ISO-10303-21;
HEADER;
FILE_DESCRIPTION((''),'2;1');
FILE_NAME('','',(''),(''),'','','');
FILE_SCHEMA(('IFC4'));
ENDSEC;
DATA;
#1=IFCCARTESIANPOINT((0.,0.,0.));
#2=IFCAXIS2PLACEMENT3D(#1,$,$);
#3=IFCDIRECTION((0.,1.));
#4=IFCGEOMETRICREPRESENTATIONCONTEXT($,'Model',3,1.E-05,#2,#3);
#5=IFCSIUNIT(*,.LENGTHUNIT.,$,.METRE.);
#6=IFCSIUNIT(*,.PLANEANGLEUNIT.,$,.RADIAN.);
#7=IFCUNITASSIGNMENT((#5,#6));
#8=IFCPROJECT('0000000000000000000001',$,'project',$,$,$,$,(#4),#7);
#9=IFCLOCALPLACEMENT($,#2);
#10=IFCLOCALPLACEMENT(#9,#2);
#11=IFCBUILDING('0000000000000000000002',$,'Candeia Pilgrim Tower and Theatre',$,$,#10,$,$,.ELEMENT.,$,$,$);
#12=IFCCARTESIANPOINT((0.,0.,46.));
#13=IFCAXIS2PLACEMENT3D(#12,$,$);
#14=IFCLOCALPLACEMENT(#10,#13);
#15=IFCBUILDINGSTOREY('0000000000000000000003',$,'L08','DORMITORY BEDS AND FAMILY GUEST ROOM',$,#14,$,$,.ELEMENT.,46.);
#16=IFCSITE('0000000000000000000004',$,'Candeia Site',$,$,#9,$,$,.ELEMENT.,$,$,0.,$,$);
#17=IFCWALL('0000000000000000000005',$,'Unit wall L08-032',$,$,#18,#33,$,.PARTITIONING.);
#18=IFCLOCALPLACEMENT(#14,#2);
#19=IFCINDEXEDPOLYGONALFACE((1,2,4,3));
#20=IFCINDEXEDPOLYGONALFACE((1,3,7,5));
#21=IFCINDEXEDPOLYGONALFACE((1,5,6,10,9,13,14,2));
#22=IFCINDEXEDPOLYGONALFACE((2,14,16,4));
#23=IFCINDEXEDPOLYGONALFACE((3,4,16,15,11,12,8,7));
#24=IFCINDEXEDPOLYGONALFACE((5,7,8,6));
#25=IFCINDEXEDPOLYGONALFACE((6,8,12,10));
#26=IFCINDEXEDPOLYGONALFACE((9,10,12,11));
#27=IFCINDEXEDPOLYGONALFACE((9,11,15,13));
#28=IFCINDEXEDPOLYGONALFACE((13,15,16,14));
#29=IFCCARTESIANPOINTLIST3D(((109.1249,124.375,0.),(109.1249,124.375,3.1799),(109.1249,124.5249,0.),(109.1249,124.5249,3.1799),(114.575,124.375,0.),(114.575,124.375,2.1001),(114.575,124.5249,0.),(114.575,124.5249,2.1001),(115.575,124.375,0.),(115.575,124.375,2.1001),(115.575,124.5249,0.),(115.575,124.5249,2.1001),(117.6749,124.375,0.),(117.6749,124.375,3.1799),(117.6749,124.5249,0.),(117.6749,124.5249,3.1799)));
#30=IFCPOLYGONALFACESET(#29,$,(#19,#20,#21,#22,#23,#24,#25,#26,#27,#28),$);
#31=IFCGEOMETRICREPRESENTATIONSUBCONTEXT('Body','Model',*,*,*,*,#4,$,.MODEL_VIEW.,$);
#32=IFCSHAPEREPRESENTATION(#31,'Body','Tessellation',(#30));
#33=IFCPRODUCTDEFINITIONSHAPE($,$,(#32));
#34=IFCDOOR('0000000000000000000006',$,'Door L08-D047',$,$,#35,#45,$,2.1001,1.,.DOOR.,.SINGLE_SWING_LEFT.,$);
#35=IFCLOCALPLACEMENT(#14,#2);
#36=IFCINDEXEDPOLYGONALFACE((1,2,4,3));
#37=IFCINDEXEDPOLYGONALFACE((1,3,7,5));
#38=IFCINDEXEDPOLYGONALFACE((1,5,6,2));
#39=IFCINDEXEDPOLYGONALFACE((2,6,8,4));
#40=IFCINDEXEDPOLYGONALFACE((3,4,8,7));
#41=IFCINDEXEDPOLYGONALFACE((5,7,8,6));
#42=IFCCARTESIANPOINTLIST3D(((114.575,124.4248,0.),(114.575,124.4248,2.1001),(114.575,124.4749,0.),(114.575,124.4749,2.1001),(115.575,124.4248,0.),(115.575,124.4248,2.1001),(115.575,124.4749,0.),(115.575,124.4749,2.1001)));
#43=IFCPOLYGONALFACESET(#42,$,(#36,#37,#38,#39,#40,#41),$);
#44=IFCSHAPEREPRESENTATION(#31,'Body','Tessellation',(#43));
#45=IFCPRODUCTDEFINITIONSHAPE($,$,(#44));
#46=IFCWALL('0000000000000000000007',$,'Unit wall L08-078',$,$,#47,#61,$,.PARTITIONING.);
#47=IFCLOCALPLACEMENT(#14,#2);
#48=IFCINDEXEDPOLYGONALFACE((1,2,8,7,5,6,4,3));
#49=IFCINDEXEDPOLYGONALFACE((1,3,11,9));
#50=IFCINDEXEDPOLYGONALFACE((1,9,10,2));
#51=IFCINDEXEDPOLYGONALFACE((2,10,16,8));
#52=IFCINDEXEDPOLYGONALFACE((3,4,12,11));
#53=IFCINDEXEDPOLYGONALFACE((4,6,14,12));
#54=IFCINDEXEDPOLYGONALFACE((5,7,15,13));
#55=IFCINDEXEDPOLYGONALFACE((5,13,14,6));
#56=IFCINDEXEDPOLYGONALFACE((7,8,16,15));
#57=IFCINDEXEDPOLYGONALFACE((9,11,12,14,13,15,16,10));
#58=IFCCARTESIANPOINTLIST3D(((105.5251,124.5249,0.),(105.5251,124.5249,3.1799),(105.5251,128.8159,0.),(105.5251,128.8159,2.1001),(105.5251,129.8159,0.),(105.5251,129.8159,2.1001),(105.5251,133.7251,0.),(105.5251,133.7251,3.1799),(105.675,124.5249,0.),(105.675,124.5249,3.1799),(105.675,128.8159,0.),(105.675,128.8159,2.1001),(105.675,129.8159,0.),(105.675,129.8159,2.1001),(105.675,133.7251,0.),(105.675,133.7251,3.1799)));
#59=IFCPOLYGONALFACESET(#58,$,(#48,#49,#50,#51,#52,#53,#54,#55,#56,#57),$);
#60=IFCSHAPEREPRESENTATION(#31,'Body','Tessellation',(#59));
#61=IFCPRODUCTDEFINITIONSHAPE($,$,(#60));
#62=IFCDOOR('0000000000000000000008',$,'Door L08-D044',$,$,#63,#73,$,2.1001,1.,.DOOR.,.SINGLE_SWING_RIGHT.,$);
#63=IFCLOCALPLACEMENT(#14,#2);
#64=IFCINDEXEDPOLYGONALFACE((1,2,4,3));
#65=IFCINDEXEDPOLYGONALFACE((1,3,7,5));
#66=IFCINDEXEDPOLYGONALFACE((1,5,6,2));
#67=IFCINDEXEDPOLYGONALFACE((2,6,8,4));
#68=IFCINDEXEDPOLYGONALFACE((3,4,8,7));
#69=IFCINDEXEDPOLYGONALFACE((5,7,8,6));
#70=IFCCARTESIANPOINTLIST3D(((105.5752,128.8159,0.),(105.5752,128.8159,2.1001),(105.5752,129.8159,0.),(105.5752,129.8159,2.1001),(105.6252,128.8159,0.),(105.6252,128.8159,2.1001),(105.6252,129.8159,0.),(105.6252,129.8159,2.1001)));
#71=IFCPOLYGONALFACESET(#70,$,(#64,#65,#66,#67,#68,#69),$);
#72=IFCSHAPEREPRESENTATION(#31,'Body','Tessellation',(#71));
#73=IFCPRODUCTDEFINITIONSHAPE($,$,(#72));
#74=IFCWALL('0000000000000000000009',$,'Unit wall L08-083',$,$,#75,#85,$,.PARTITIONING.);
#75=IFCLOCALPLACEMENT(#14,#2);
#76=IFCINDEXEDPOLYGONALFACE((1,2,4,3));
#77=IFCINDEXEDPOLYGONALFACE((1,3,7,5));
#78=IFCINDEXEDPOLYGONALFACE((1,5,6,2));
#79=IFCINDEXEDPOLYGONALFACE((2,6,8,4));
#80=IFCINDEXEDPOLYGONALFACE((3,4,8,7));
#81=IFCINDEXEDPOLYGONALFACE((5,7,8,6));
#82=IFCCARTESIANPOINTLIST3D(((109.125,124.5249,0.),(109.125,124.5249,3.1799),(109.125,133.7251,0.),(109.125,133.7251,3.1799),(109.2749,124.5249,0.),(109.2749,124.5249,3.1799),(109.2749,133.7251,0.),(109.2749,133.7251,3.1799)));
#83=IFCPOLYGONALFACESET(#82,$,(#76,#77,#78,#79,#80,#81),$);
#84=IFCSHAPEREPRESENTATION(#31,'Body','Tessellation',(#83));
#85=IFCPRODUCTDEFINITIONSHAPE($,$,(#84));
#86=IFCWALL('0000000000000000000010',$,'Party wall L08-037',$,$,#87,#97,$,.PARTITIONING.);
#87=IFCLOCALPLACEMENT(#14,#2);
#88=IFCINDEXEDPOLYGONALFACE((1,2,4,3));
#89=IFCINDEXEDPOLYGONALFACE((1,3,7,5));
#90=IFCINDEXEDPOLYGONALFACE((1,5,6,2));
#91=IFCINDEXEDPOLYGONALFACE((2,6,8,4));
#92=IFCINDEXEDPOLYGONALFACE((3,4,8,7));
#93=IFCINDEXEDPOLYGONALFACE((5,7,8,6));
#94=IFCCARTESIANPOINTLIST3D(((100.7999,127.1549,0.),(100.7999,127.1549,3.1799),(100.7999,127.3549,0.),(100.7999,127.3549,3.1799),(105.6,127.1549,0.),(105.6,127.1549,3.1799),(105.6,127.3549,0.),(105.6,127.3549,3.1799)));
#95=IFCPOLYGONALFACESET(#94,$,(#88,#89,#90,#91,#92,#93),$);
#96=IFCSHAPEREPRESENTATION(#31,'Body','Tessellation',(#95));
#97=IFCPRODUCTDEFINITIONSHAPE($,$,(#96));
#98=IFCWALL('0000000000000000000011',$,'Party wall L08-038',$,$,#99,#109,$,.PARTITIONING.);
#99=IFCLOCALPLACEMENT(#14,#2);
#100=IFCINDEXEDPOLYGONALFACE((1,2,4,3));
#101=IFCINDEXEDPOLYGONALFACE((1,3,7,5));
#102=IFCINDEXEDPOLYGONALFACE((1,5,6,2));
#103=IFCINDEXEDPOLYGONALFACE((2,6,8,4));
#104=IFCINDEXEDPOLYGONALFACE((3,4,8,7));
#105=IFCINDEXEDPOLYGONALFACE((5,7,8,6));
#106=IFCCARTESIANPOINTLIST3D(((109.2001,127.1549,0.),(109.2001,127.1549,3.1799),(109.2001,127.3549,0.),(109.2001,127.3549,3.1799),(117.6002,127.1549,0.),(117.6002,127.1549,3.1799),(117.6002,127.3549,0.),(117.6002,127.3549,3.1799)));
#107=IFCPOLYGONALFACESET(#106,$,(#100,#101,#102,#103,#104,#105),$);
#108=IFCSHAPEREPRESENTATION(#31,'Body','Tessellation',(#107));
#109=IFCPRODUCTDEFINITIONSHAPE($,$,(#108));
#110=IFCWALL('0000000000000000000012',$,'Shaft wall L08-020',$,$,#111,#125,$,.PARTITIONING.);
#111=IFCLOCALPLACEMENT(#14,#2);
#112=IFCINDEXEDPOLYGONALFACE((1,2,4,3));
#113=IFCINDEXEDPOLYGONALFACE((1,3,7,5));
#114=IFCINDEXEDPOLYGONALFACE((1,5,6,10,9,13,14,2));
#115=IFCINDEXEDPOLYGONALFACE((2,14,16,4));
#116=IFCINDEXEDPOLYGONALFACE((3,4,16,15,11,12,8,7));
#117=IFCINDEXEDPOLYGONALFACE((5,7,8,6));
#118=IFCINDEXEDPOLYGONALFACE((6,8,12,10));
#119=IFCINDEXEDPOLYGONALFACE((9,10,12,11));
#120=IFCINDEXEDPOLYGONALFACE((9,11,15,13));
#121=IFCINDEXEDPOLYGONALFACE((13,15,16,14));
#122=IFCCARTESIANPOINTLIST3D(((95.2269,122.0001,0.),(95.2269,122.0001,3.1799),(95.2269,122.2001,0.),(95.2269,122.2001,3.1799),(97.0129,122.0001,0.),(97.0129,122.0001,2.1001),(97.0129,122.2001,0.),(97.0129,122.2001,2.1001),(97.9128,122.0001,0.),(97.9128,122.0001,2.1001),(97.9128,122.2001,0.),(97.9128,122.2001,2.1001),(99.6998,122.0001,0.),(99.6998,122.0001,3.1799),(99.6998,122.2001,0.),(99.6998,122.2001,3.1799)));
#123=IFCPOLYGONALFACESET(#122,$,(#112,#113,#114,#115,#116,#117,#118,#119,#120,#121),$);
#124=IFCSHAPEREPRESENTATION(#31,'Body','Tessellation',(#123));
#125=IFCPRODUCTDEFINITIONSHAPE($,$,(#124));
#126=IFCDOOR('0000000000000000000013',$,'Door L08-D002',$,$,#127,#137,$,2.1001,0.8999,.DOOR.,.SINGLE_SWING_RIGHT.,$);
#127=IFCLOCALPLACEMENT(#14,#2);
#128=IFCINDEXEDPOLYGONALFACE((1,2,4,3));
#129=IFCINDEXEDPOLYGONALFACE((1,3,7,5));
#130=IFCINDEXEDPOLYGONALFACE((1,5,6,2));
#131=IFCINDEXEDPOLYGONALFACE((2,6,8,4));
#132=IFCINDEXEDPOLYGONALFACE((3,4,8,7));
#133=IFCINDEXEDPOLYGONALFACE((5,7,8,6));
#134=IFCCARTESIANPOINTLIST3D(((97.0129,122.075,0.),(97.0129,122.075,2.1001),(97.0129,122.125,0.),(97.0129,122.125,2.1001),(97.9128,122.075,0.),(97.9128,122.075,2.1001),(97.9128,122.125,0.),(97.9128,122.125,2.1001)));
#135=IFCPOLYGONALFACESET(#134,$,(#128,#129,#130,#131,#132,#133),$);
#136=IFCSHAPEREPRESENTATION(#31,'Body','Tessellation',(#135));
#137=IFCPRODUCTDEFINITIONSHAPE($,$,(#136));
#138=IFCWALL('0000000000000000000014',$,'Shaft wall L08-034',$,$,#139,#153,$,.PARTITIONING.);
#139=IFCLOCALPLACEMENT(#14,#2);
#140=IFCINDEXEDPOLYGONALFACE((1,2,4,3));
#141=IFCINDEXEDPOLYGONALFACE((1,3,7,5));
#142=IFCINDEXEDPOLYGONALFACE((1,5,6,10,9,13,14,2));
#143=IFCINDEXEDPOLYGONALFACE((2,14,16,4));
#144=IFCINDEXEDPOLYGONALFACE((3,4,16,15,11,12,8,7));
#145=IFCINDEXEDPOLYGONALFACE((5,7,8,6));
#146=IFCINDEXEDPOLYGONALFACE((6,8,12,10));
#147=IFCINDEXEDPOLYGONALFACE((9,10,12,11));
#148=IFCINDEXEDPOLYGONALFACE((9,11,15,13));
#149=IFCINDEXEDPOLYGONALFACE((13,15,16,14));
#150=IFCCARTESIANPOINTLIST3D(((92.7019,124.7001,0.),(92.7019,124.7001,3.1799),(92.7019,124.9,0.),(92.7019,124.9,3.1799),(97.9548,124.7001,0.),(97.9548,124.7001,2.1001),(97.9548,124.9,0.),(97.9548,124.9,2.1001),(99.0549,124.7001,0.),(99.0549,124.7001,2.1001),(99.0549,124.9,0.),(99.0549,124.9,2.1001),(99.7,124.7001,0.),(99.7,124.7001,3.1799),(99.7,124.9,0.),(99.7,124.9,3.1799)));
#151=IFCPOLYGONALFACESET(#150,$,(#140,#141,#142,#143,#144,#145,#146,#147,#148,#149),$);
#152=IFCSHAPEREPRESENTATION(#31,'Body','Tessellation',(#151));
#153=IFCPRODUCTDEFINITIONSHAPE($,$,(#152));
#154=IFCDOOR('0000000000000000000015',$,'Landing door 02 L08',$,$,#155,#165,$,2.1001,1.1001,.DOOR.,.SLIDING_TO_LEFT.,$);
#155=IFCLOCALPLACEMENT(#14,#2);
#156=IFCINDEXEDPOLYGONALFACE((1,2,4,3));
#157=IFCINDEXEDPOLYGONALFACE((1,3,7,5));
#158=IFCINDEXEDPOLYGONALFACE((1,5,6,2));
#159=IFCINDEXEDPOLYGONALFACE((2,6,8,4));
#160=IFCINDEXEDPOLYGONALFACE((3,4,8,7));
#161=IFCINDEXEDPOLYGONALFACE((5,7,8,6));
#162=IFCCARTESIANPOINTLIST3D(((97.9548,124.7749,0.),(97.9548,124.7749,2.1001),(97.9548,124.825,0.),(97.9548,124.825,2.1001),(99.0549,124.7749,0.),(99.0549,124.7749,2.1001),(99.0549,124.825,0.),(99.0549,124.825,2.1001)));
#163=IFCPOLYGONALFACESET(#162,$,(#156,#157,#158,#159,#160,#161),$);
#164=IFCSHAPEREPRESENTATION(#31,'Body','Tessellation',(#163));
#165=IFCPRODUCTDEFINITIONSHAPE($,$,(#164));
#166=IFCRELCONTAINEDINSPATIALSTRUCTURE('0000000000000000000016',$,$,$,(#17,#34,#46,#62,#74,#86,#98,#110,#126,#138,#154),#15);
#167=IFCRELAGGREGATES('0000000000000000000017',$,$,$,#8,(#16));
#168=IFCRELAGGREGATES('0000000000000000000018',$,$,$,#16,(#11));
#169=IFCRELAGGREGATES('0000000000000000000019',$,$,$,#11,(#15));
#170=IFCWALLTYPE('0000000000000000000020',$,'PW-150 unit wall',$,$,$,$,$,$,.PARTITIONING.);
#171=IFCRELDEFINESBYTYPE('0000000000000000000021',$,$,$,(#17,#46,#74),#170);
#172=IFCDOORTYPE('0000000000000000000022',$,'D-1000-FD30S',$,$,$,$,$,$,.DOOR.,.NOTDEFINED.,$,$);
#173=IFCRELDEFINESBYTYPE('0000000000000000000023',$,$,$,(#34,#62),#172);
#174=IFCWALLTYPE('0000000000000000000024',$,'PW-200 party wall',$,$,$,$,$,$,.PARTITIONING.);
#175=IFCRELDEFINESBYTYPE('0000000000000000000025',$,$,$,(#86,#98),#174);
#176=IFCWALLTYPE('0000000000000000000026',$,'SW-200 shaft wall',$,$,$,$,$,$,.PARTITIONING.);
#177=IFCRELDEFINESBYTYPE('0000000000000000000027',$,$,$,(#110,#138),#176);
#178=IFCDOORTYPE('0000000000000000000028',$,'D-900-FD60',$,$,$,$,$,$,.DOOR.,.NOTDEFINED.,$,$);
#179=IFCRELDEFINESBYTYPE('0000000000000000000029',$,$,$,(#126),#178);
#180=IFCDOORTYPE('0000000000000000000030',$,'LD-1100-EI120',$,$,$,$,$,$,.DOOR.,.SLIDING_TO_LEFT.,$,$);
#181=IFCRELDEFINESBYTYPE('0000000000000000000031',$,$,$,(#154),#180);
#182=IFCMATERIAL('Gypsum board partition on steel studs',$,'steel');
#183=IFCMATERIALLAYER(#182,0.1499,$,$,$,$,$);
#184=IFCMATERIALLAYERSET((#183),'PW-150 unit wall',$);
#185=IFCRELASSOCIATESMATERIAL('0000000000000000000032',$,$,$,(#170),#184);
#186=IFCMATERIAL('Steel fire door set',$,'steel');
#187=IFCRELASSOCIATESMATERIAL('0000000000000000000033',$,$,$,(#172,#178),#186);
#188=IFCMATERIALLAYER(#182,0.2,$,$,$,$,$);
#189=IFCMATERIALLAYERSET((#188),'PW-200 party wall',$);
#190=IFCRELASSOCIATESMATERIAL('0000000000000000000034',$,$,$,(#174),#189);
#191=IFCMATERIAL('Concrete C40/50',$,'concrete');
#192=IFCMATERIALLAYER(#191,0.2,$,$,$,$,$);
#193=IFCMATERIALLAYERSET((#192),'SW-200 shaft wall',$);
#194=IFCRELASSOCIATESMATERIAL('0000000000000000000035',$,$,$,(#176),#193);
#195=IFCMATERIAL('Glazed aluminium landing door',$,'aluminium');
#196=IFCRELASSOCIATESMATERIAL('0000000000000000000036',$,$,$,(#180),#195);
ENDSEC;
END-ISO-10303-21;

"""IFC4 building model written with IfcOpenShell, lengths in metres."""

from ifc_helpers import new_model, si_unit, direction, frame, frame_2d, origin, place, context, subcontext, project, spatial, rectangle, extrude, material, layer, layer_set, type_object, element, fill, save


model = new_model("IFC4")

# Units and contexts
model_context = context("Model", 3, precision=1e-05, world=origin(), true_north=direction((0.0, 1.0)))
body_context = subcontext(model_context, "Body", "Model", "MODEL_VIEW")
ifc_project = project(units=[si_unit("LENGTHUNIT", "METRE"), si_unit("PLANEANGLEUNIT", "RADIAN")], contexts=[model_context])

# Site, building, storey
site_placement = place(None, origin())
site = spatial("IfcSite", under=ifc_project, at=site_placement, Name="Candeia Site", CompositionType="ELEMENT", RefElevation=0.0)
building_placement = place(site_placement, origin())
building = spatial("IfcBuilding", under=site, at=building_placement, Name="Candeia Pilgrim Tower and Theatre", CompositionType="ELEMENT")
storey_placement = place(building_placement, frame((0.0, 0.0, 46.0)))
storey = spatial("IfcBuildingStorey", under=building, at=storey_placement, Name="L08", Description="DORMITORY BEDS AND FAMILY GUEST ROOM", CompositionType="ELEMENT", Elevation=46.0)

# Shared definitions
ifc_material_1 = material(Name="Steel fire door set", Category="steel")
ifc_material_2 = material(Name="Gypsum board partition on steel studs", Category="steel")

# Shared definitions
ifc_layer_1 = layer(ifc_material_2, 0.1499)
ifc_layer_set_1 = layer_set([ifc_layer_1], Name="PW-150 unit wall")
wall_type_1 = type_object("IfcWallType", Name="PW-150 unit wall", PredefinedType="PARTITIONING", material=ifc_layer_set_1)

# Walls, openings, doors
door_type_1 = type_object("IfcDoorType", Name="D-1000-FD30S", OperationType="NOTDEFINED", PredefinedType="DOOR", material=ifc_material_1)
wall_1_placement = place(storey_placement, frame((109.125, 124.45, 0.0), z_axis=(0.0, 0.0, 1.0), x_axis=(1.0, 0.0, 0.0)))
wall_1 = element("IfcWall", 1, at=wall_1_placement, inside=storey, type_object=wall_type_1, Name="Unit wall L08-032", PredefinedType="PARTITIONING", context=body_context, shape_type="SweptSolid", body=[
    extrude(rectangle(XDim=8.55, YDim=0.1499, at=frame_2d((4.2749, 0.0))), origin(), (0.0, 0.0, 1.0), 3.1799),
])
opening_1_placement = place(wall_1_placement, frame((5.45, 0.0, 0.0)))
opening_1 = element("IfcOpeningElement", 2, at=opening_1_placement, cuts=wall_1, PredefinedType="OPENING", context=body_context, shape_type="SweptSolid", body=[
    extrude(rectangle(XDim=1.0, YDim=2.1001, at=frame_2d((0.5, 1.05))), frame((0.0, 0.085, 0.0), z_axis=(0.0, -1.0, 0.0), x_axis=(1.0, 0.0, 0.0)), (0.0, 0.0, 1.0), 0.1699),
])
door_1_placement = place(opening_1_placement, origin())
door_1 = element("IfcDoor", 3, at=door_1_placement, inside=storey, type_object=door_type_1, Name="Door L08-D047", OperationType="SINGLE_SWING_LEFT", OverallHeight=2.1001, OverallWidth=1.0, PredefinedType="DOOR", context=body_context, shape_type="SweptSolid", body=[
    extrude(rectangle(XDim=1.0, YDim=2.1001, at=frame_2d((0.5, 1.05))), frame((0.0, 0.0249, 0.0), z_axis=(0.0, -1.0, 0.0), x_axis=(1.0, 0.0, 0.0)), (0.0, 0.0, 1.0), 0.05),
])
fill(opening_1, door_1)
wall_2_placement = place(storey_placement, frame((105.6001, 124.5249, 0.0), z_axis=(0.0, 0.0, 1.0), x_axis=(0.0, 1.0, 0.0)))
wall_2 = element("IfcWall", 4, at=wall_2_placement, inside=storey, type_object=wall_type_1, Name="Unit wall L08-078", PredefinedType="PARTITIONING", context=body_context, shape_type="SweptSolid", body=[
    extrude(rectangle(XDim=9.2002, YDim=0.1499, at=frame_2d((4.6001, 0.0))), origin(), (0.0, 0.0, 1.0), 3.1799),
])
opening_2_placement = place(wall_2_placement, frame((4.291, 0.0, 0.0)))
opening_2 = element("IfcOpeningElement", 5, at=opening_2_placement, cuts=wall_2, PredefinedType="OPENING", context=body_context, shape_type="SweptSolid", body=[
    extrude(rectangle(XDim=1.0, YDim=2.1001, at=frame_2d((0.5, 1.05))), frame((0.0, 0.085, 0.0), z_axis=(0.0, -1.0, 0.0), x_axis=(1.0, 0.0, 0.0)), (0.0, 0.0, 1.0), 0.1699),
])
door_2_placement = place(opening_2_placement, origin())
door_2 = element("IfcDoor", 6, at=door_2_placement, inside=storey, type_object=door_type_1, Name="Door L08-D044", OperationType="SINGLE_SWING_RIGHT", OverallHeight=2.1001, OverallWidth=1.0, PredefinedType="DOOR", context=body_context, shape_type="SweptSolid", body=[
    extrude(rectangle(XDim=1.0, YDim=2.1001, at=frame_2d((0.5, 1.05))), frame((0.0, 0.0249, 0.0), z_axis=(0.0, -1.0, 0.0), x_axis=(1.0, 0.0, 0.0)), (0.0, 0.0, 1.0), 0.05),
])
fill(opening_2, door_2)

# Walls
wall_3_placement = place(storey_placement, frame((109.2, 124.5249, 0.0), z_axis=(0.0, 0.0, 1.0), x_axis=(0.0, 1.0, 0.0)))
element("IfcWall", 7, at=wall_3_placement, inside=storey, type_object=wall_type_1, Name="Unit wall L08-083", PredefinedType="PARTITIONING", context=body_context, shape_type="SweptSolid", body=[
    extrude(rectangle(XDim=9.2002, YDim=0.1499, at=frame_2d((4.6001, 0.0))), origin(), (0.0, 0.0, 1.0), 3.1799),
])
ifc_layer_2 = layer(ifc_material_2, 0.2)
ifc_layer_set_2 = layer_set([ifc_layer_2], Name="PW-200 party wall")
wall_type_2 = type_object("IfcWallType", Name="PW-200 party wall", PredefinedType="PARTITIONING", material=ifc_layer_set_2)
wall_4_placement = place(storey_placement, frame((100.8, 127.2549, 0.0), z_axis=(0.0, 0.0, 1.0), x_axis=(1.0, 0.0, 0.0)))
element("IfcWall", 8, at=wall_4_placement, inside=storey, type_object=wall_type_2, Name="Party wall L08-037", PredefinedType="PARTITIONING", context=body_context, shape_type="SweptSolid", body=[
    extrude(rectangle(XDim=4.8, YDim=0.2, at=frame_2d((2.3999, 0.0))), origin(), (0.0, 0.0, 1.0), 3.1799),
])
wall_5_placement = place(storey_placement, frame((109.2, 127.2549, 0.0), z_axis=(0.0, 0.0, 1.0), x_axis=(1.0, 0.0, 0.0)))
element("IfcWall", 9, at=wall_5_placement, inside=storey, type_object=wall_type_2, Name="Party wall L08-038", PredefinedType="PARTITIONING", context=body_context, shape_type="SweptSolid", body=[
    extrude(rectangle(XDim=8.4001, YDim=0.2, at=frame_2d((4.2002, 0.0))), origin(), (0.0, 0.0, 1.0), 3.1799),
])

# Walls, openings, doors
ifc_material_3 = material(Name="Concrete C40/50", Category="concrete")
ifc_layer_3 = layer(ifc_material_3, 0.2)
ifc_layer_set_3 = layer_set([ifc_layer_3], Name="SW-200 shaft wall")
wall_type_3 = type_object("IfcWallType", Name="SW-200 shaft wall", PredefinedType="PARTITIONING", material=ifc_layer_set_3)
wall_6_placement = place(storey_placement, frame((95.2271, 122.1001, 0.0), z_axis=(0.0, 0.0, 1.0), x_axis=(1.0, 0.0, 0.0)))
wall_6 = element("IfcWall", 10, at=wall_6_placement, inside=storey, type_object=wall_type_3, Name="Shaft wall L08-020", PredefinedType="PARTITIONING", context=body_context, shape_type="SweptSolid", body=[
    extrude(rectangle(XDim=4.4729, YDim=0.2, at=frame_2d((2.2363, 0.0))), origin(), (0.0, 0.0, 1.0), 3.1799),
])
opening_3_placement = place(wall_6_placement, frame((1.7859, 0.0, 0.0)))
opening_3 = element("IfcOpeningElement", 11, at=opening_3_placement, cuts=wall_6, PredefinedType="OPENING", context=body_context, shape_type="SweptSolid", body=[
    extrude(rectangle(XDim=0.8999, YDim=2.1001, at=frame_2d((0.45, 1.05))), frame((0.0, 0.1099, 0.0), z_axis=(0.0, -1.0, 0.0), x_axis=(1.0, 0.0, 0.0)), (0.0, 0.0, 1.0), 0.22),
])
door_type_2 = type_object("IfcDoorType", Name="D-900-FD60", OperationType="NOTDEFINED", PredefinedType="DOOR", material=ifc_material_1)
door_3_placement = place(opening_3_placement, origin())
door_3 = element("IfcDoor", 12, at=door_3_placement, inside=storey, type_object=door_type_2, Name="Door L08-D002", OperationType="SINGLE_SWING_RIGHT", OverallHeight=2.1001, OverallWidth=0.8999, PredefinedType="DOOR", context=body_context, shape_type="SweptSolid", body=[
    extrude(rectangle(XDim=0.8999, YDim=2.1001, at=frame_2d((0.45, 1.05))), frame((0.0, 0.0249, 0.0), z_axis=(0.0, -1.0, 0.0), x_axis=(1.0, 0.0, 0.0)), (0.0, 0.0, 1.0), 0.05),
])
fill(opening_3, door_3)
wall_7_placement = place(storey_placement, frame((92.7019, 124.8, 0.0), z_axis=(0.0, 0.0, 1.0), x_axis=(1.0, 0.0, 0.0)))
wall_7 = element("IfcWall", 13, at=wall_7_placement, inside=storey, type_object=wall_type_3, Name="Shaft wall L08-034", PredefinedType="PARTITIONING", context=body_context, shape_type="SweptSolid", body=[
    extrude(rectangle(XDim=6.998, YDim=0.2, at=frame_2d((3.499, 0.0))), origin(), (0.0, 0.0, 1.0), 3.1799),
])
opening_4_placement = place(wall_7_placement, frame((5.2529, 0.0, 0.0)))
opening_4 = element("IfcOpeningElement", 14, at=opening_4_placement, cuts=wall_7, PredefinedType="OPENING", context=body_context, shape_type="SweptSolid", body=[
    extrude(rectangle(XDim=1.1001, YDim=2.1001, at=frame_2d((0.55, 1.05))), frame((0.0, 0.1099, 0.0), z_axis=(0.0, -1.0, 0.0), x_axis=(1.0, 0.0, 0.0)), (0.0, 0.0, 1.0), 0.22),
])
ifc_material_4 = material(Name="Glazed aluminium landing door", Category="aluminium")
door_type_3 = type_object("IfcDoorType", Name="LD-1100-EI120", OperationType="SLIDING_TO_LEFT", PredefinedType="DOOR", material=ifc_material_4)
door_4_placement = place(opening_4_placement, origin())
door_4 = element("IfcDoor", 15, at=door_4_placement, inside=storey, type_object=door_type_3, Name="Landing door 02 L08", OperationType="SLIDING_TO_LEFT", OverallHeight=2.1001, OverallWidth=1.1001, PredefinedType="DOOR", context=body_context, shape_type="SweptSolid", body=[
    extrude(rectangle(XDim=1.1001, YDim=2.1001, at=frame_2d((0.55, 1.05))), frame((0.0, 0.0249, 0.0), z_axis=(0.0, -1.0, 0.0), x_axis=(1.0, 0.0, 0.0)), (0.0, 0.0, 1.0), 0.05),
])
fill(opening_4, door_4)

save(model, "model.ifc")
